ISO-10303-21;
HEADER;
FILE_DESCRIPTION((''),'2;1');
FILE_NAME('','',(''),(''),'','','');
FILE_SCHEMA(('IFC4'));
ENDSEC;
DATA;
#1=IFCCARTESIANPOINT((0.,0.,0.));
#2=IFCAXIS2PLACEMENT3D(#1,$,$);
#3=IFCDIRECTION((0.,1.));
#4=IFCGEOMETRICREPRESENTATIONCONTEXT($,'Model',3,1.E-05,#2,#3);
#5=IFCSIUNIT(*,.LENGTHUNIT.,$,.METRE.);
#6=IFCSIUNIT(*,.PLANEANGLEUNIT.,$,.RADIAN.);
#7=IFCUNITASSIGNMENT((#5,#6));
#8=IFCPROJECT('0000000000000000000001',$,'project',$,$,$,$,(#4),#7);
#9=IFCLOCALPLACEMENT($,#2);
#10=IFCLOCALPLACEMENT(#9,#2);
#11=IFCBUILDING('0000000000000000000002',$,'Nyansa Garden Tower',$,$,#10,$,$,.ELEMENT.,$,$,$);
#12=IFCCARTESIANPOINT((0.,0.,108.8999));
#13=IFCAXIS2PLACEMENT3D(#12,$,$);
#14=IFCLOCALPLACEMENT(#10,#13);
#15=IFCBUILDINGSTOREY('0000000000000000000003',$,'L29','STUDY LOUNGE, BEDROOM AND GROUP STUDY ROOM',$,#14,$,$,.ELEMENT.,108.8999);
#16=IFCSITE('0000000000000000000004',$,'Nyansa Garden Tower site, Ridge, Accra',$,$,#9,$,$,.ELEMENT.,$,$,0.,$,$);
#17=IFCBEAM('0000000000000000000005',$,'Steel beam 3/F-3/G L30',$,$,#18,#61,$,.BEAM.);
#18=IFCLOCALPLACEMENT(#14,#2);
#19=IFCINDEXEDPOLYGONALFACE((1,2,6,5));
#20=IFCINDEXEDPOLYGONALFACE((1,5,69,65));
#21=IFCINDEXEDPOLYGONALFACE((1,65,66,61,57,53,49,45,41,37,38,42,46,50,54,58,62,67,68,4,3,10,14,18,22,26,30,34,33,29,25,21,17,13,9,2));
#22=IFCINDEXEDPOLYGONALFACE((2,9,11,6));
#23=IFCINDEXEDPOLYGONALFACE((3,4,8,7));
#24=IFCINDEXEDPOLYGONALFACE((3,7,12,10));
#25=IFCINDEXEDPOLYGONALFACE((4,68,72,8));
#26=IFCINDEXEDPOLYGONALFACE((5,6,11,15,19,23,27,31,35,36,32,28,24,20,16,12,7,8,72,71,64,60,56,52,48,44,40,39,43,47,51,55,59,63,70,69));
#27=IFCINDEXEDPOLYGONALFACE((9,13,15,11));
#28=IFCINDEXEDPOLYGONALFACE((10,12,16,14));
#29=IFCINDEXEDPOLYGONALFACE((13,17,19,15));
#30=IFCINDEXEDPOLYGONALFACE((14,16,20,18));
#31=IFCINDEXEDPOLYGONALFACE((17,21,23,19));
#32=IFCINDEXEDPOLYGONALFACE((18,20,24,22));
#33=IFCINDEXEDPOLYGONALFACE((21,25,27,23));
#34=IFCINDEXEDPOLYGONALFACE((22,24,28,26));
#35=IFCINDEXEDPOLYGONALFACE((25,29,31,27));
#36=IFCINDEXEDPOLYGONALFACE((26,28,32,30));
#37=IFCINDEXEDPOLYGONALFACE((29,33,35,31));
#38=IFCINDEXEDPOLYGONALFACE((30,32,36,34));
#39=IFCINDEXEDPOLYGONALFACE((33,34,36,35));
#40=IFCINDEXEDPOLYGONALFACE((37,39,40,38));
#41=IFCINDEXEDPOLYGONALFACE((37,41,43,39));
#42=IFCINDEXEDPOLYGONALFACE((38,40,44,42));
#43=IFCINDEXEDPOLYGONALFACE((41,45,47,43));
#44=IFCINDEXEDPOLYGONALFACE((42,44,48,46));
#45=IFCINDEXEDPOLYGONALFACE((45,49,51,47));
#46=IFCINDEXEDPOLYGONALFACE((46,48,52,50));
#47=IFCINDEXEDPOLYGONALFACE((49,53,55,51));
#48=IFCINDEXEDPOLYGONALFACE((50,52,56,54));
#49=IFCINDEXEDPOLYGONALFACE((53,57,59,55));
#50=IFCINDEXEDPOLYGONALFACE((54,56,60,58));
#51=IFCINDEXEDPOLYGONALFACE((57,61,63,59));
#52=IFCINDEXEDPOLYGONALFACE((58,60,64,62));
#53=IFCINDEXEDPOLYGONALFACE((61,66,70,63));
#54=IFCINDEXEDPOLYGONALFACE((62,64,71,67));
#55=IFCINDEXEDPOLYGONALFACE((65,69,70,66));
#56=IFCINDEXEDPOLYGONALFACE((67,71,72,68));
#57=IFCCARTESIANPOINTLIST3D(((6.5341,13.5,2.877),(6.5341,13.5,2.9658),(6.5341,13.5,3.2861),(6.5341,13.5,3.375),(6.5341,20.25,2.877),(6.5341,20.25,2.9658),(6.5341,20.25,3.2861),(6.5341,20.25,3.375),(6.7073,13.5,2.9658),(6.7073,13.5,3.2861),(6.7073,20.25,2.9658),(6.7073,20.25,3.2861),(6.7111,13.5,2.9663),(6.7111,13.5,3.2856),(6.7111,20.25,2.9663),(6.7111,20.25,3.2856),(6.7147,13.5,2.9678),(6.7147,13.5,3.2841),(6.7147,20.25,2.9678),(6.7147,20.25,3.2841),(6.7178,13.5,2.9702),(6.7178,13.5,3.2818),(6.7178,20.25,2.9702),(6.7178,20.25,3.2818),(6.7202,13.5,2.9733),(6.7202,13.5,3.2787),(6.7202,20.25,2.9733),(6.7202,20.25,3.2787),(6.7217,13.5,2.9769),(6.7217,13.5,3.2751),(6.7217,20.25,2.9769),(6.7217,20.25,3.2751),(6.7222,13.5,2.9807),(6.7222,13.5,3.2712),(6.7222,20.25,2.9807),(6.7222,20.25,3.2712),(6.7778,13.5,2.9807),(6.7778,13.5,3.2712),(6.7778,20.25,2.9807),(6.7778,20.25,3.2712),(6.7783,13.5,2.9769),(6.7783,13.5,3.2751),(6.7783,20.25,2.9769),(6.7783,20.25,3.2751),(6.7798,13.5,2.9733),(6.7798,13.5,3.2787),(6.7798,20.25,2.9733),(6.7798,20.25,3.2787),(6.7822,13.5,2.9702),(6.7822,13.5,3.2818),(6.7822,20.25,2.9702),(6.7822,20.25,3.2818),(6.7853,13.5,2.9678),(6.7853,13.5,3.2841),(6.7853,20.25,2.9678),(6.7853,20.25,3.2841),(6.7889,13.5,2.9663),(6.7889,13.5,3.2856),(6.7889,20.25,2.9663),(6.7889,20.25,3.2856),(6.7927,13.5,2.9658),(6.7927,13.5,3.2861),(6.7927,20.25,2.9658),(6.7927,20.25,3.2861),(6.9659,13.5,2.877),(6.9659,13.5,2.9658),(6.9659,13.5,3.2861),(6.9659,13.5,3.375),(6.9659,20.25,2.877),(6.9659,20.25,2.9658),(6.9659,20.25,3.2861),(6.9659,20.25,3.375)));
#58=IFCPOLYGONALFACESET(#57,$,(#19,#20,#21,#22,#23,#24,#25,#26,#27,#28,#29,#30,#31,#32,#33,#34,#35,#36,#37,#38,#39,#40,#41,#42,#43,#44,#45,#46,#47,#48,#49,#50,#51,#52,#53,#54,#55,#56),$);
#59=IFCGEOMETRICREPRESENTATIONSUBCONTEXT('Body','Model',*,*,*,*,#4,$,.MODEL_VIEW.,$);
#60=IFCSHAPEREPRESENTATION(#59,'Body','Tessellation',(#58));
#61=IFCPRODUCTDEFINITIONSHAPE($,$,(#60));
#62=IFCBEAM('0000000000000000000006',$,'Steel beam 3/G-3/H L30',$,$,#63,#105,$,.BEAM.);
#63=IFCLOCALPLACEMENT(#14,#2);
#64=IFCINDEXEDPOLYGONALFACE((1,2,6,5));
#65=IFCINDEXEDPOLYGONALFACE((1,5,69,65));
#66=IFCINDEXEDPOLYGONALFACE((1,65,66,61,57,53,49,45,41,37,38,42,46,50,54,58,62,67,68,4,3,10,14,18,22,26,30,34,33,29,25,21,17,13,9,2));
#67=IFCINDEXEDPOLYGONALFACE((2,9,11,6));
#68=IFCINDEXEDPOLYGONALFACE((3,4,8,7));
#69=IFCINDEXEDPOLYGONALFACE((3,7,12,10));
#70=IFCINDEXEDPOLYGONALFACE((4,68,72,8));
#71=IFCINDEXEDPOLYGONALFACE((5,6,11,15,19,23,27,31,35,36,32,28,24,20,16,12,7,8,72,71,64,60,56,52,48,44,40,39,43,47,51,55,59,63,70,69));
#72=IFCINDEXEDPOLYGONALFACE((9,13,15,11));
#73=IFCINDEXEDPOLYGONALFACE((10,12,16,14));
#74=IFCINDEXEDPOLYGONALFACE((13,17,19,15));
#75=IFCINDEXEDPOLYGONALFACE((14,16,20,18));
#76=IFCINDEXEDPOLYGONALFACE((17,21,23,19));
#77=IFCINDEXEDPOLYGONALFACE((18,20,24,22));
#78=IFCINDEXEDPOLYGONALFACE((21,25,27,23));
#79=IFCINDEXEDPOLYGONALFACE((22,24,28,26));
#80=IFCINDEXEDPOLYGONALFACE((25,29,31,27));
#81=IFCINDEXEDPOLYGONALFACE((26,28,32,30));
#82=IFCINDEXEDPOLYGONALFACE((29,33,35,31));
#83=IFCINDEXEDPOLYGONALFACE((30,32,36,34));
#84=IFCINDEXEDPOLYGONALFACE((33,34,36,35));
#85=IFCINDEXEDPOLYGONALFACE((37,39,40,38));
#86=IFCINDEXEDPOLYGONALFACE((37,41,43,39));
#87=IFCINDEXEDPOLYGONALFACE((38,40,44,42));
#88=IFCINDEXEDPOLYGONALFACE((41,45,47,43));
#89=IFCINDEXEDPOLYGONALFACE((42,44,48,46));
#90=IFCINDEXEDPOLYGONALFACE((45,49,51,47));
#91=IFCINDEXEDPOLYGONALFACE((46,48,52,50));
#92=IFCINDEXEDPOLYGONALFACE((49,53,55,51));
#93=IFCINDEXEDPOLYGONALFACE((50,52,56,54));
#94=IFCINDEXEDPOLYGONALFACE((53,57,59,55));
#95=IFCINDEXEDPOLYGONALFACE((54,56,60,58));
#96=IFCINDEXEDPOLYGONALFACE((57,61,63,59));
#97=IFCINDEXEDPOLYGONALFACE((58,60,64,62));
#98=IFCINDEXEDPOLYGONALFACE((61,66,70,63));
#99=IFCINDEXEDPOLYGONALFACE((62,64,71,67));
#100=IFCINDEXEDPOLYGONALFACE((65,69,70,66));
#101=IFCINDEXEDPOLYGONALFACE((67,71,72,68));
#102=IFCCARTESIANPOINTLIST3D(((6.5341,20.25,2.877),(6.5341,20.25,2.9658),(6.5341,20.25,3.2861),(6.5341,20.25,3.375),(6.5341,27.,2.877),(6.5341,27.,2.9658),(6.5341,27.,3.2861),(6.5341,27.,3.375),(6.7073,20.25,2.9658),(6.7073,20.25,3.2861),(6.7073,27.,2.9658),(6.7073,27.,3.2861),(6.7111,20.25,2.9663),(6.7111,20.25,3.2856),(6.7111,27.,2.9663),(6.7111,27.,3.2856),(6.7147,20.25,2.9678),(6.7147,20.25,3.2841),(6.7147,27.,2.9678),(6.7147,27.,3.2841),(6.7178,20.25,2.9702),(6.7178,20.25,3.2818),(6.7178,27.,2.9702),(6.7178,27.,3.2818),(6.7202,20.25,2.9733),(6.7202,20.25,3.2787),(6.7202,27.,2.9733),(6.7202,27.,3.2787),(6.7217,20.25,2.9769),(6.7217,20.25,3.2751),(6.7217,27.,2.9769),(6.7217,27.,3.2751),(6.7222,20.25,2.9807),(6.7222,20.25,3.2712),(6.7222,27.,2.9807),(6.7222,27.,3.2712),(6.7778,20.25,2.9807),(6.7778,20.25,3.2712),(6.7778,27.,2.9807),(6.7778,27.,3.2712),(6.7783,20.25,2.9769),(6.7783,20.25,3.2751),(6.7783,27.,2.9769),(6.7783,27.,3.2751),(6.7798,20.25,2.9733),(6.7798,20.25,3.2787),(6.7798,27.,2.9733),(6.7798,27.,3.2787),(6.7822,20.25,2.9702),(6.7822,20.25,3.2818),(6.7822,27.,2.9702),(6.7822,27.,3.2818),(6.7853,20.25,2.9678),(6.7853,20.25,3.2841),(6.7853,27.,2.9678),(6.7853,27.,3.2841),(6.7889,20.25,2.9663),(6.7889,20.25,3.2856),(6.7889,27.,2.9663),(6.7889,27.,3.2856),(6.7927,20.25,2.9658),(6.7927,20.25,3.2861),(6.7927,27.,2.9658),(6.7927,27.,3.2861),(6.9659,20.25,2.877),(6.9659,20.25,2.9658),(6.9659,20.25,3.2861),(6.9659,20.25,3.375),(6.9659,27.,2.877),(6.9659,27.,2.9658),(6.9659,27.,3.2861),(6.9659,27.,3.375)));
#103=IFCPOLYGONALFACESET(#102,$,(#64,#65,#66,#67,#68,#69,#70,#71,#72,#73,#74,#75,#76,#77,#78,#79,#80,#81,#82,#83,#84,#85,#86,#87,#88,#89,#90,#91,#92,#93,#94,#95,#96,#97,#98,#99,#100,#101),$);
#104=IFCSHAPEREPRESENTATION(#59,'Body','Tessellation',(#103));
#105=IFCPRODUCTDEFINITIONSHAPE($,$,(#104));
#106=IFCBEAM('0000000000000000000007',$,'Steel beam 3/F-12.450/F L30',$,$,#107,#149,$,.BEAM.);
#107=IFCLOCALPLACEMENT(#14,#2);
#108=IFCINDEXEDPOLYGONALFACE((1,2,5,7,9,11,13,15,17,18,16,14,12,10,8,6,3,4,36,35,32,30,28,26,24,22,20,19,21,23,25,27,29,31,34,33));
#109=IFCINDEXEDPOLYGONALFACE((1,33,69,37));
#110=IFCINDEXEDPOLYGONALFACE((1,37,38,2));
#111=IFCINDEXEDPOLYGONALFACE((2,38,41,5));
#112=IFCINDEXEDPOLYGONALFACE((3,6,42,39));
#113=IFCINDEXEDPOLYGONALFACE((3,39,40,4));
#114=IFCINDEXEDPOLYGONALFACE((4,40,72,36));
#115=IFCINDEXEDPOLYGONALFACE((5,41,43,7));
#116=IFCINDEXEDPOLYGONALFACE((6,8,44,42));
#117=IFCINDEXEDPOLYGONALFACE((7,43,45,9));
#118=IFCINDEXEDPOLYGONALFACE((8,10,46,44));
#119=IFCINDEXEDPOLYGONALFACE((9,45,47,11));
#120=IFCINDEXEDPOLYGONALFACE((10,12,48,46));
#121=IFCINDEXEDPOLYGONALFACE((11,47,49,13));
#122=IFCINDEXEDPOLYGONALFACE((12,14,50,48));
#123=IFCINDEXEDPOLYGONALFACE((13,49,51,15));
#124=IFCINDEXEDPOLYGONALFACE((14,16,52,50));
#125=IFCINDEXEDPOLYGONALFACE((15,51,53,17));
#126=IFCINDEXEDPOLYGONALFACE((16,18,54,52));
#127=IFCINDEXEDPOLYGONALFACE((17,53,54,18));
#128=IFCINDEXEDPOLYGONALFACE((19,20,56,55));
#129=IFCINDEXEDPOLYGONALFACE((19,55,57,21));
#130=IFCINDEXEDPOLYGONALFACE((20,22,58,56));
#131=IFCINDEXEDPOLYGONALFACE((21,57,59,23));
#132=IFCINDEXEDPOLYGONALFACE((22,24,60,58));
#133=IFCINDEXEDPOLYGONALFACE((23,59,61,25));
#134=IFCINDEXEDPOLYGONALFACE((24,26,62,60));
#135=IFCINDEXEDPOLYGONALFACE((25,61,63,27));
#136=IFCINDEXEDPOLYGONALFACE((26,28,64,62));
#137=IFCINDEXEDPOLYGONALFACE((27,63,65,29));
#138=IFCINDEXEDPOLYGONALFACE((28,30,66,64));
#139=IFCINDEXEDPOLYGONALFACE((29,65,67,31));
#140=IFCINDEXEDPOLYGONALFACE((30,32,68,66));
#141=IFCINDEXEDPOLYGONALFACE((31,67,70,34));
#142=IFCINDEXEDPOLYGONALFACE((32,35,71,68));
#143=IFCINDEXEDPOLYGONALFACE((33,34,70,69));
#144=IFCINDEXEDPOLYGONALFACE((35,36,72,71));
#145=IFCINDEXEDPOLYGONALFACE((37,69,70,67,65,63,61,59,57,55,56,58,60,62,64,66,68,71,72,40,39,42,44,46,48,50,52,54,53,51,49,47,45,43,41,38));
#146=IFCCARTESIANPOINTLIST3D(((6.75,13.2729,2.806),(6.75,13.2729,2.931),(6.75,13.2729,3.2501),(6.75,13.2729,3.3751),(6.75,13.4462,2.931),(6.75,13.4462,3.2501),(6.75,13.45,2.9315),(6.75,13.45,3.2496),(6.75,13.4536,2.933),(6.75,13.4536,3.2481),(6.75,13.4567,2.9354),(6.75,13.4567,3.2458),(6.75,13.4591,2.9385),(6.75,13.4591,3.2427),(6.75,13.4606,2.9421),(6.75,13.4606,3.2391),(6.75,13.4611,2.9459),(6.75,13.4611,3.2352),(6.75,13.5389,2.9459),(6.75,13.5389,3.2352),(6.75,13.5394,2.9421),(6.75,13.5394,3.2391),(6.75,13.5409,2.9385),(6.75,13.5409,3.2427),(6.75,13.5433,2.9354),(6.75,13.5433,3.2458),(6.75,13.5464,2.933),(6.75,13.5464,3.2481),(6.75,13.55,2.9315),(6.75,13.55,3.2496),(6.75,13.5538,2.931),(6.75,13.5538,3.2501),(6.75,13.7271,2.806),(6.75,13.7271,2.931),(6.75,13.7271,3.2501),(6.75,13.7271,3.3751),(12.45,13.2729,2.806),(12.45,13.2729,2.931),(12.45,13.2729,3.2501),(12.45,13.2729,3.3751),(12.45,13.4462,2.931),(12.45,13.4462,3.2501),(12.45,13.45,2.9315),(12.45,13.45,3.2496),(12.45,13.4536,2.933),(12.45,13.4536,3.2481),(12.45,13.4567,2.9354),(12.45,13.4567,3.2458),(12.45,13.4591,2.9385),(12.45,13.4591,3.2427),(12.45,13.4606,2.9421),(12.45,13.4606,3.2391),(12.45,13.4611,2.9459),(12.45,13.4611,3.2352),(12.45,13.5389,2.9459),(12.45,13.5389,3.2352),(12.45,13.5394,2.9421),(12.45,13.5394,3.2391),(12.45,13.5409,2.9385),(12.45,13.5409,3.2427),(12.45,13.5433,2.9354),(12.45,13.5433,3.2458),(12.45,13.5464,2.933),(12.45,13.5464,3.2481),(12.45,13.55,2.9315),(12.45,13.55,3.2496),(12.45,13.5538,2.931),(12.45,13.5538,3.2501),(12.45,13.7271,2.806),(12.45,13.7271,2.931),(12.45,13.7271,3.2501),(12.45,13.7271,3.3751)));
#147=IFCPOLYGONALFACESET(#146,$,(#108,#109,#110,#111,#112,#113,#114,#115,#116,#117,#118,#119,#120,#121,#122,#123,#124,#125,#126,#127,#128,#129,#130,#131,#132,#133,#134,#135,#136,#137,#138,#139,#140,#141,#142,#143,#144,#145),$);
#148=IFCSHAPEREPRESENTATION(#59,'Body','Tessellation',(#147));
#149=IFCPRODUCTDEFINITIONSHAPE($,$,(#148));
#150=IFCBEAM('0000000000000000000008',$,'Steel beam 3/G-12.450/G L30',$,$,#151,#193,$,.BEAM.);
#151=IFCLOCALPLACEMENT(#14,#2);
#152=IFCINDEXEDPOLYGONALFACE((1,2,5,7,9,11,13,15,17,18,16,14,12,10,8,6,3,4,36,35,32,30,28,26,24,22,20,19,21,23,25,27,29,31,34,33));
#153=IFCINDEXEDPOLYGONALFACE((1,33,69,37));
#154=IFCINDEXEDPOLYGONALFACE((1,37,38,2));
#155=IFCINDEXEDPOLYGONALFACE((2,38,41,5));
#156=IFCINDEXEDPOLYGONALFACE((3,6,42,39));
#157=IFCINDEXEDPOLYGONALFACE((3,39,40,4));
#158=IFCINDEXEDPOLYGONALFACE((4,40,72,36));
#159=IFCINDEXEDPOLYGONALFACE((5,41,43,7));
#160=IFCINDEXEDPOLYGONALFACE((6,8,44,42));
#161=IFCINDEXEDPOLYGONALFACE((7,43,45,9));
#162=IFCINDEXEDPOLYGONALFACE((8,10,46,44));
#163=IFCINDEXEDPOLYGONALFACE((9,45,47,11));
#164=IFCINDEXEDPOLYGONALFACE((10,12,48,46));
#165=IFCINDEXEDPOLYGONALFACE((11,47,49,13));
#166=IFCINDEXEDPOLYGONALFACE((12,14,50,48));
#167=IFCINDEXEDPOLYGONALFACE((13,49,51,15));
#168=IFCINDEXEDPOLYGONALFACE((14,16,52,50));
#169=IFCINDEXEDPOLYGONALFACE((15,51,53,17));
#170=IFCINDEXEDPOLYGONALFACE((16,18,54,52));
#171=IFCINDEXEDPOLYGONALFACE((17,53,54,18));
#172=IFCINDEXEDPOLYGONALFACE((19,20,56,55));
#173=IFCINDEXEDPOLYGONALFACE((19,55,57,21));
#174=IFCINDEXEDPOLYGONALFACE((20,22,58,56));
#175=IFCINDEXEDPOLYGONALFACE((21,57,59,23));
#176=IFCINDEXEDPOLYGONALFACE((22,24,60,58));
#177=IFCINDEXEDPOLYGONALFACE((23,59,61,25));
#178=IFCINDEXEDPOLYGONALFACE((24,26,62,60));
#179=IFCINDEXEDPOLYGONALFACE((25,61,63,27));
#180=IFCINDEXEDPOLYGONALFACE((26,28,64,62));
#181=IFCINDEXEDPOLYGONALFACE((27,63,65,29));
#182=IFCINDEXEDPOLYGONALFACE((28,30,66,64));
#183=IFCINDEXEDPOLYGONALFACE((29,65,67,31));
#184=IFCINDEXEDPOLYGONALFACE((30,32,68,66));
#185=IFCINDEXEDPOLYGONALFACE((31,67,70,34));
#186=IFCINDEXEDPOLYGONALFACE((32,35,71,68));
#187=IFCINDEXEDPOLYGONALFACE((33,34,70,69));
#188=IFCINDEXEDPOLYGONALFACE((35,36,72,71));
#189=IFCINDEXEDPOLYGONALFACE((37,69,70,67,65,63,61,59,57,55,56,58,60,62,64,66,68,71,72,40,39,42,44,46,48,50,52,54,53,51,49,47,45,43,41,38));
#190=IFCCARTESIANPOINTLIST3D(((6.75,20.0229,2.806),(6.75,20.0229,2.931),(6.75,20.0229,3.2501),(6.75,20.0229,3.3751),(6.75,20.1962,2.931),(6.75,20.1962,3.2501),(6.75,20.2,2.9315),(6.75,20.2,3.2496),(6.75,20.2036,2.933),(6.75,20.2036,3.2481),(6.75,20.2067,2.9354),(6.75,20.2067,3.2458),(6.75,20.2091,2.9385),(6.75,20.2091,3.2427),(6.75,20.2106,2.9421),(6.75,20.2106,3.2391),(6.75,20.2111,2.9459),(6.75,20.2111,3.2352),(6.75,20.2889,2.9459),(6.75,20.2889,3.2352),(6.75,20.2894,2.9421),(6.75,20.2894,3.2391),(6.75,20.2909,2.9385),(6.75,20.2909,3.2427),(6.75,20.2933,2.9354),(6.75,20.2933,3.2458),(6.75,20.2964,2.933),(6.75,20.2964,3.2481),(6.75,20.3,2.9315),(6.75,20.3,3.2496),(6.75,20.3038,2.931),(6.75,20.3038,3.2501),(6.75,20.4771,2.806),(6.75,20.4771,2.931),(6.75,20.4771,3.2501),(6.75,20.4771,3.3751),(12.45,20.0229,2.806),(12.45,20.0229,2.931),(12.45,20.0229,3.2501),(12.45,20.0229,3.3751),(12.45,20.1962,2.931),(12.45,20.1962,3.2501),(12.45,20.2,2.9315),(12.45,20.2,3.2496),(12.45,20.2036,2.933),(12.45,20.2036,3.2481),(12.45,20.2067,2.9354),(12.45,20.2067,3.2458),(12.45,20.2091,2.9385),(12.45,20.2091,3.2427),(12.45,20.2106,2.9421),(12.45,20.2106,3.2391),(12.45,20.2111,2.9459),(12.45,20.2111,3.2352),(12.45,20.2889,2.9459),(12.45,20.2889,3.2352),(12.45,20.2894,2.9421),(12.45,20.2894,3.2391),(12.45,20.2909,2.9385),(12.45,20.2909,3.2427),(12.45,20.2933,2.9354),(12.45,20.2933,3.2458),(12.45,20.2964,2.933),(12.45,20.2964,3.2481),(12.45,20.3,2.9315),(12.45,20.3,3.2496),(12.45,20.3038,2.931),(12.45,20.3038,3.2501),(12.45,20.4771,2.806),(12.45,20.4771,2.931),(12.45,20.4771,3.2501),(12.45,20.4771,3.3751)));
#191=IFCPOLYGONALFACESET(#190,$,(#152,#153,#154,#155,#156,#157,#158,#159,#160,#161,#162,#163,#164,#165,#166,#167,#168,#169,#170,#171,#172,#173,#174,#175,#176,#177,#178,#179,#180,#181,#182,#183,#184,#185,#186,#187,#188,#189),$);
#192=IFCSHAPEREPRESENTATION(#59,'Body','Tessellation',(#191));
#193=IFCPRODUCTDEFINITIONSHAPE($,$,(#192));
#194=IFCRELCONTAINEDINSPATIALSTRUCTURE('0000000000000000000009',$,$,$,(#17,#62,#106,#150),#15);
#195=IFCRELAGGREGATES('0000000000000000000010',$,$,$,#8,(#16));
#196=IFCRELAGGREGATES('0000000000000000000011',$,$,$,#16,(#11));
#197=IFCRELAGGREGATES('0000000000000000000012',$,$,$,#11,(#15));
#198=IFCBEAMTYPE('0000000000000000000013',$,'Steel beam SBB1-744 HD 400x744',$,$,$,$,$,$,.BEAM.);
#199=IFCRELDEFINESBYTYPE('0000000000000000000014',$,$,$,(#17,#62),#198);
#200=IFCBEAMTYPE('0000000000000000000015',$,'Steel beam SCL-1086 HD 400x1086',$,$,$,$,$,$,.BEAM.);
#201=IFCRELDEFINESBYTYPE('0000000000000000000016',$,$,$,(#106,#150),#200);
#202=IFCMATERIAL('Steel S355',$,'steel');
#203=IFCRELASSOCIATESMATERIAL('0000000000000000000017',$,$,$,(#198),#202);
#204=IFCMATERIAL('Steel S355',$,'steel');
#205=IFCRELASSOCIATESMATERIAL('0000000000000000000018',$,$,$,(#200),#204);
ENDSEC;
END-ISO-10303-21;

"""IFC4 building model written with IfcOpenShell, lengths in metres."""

from ifc_helpers import new_model, si_unit, direction, frame, origin, origin_2d, place, context, subcontext, project, spatial, i_section, extrude, material, material_profile, profile_set, type_object, element, save


model = new_model("IFC4")

# Units and contexts
model_context = context("Model", 3, precision=1e-05, world=origin(), true_north=direction((0.0, 1.0)))
body_context = subcontext(model_context, "Body", "Model", "MODEL_VIEW")
ifc_project = project(units=[si_unit("LENGTHUNIT", "METRE"), si_unit("PLANEANGLEUNIT", "RADIAN")], contexts=[model_context])

# Site, building, storey
site_placement = place(None, origin())
site = spatial("IfcSite", under=ifc_project, at=site_placement, Name="Nyansa Garden Tower site, Ridge, Accra", CompositionType="ELEMENT", RefElevation=0.0)
building_placement = place(site_placement, origin())
building = spatial("IfcBuilding", under=site, at=building_placement, Name="Nyansa Garden Tower", CompositionType="ELEMENT")
storey_placement = place(building_placement, frame((0.0, 0.0, 108.8999)))
storey = spatial("IfcBuildingStorey", under=building, at=storey_placement, Name="L29", Description="STUDY LOUNGE, BEDROOM AND GROUP STUDY ROOM", CompositionType="ELEMENT", Elevation=108.8999)

# Beams
ifc_material_1 = material(Name="Steel S355", Category="steel")
ifc_material_profile_1 = material_profile(ifc_material_1, i_section(OverallWidth=0.4319, OverallDepth=0.498, WebThickness=0.0557, FlangeThickness=0.0889, FilletRadius=0.0149, at=origin_2d()), Name="HD 400x744")
ifc_profile_set_1 = profile_set([ifc_material_profile_1], Name="Steel S355")
beam_type_1 = type_object("IfcBeamType", Name="Steel beam SBB1-744 HD 400x744", PredefinedType="BEAM", material=ifc_profile_set_1)
for number, where, z_axis, x_axis, name in (
    (1, (6.75, 13.5, 3.126), (0.0, 1.0, 0.0), (-1.0, 0.0, 0.0), "Steel beam 3/F-3/G L30"),
    (2, (6.75, 20.25, 3.126), (0.0, 1.0, 0.0), (-1.0, 0.0, 0.0), "Steel beam 3/G-3/H L30"),
):
    element("IfcBeam", number, at=place(storey_placement, frame(where, z_axis=z_axis, x_axis=x_axis)), inside=storey, type_object=beam_type_1, Name=name, PredefinedType="BEAM", context=body_context, shape_type="SweptSolid", body=[
        extrude(i_section(OverallWidth=0.4319, OverallDepth=0.498, WebThickness=0.0557, FlangeThickness=0.0889, FilletRadius=0.0149, at=origin_2d()), origin(), (0.0, 0.0, 1.0), 6.75),
    ])
ifc_material_2 = material(Name="Steel S355", Category="steel")
ifc_material_profile_2 = material_profile(ifc_material_2, i_section(OverallWidth=0.4541, OverallDepth=0.5691, WebThickness=0.0779, FlangeThickness=0.125, FilletRadius=0.0149, at=origin_2d()), Name="HD 400x1086")
ifc_profile_set_2 = profile_set([ifc_material_profile_2], Name="Steel S355")
beam_type_2 = type_object("IfcBeamType", Name="Steel beam SCL-1086 HD 400x1086", PredefinedType="BEAM", material=ifc_profile_set_2)
for number, where, z_axis, x_axis, name in (
    (3, (6.75, 13.5, 3.0906), (1.0, 0.0, 0.0), (0.0, 1.0, 0.0), "Steel beam 3/F-12.450/F L30"),
    (4, (6.75, 20.25, 3.0906), (1.0, 0.0, 0.0), (0.0, 1.0, 0.0), "Steel beam 3/G-12.450/G L30"),
):
    element("IfcBeam", number, at=place(storey_placement, frame(where, z_axis=z_axis, x_axis=x_axis)), inside=storey, type_object=beam_type_2, Name=name, PredefinedType="BEAM", context=body_context, shape_type="SweptSolid", body=[
        extrude(i_section(OverallWidth=0.4541, OverallDepth=0.5691, WebThickness=0.0779, FlangeThickness=0.125, FilletRadius=0.0149, at=origin_2d()), origin(), (0.0, 0.0, 1.0), 5.7),
    ])

save(model, "model.ifc")
